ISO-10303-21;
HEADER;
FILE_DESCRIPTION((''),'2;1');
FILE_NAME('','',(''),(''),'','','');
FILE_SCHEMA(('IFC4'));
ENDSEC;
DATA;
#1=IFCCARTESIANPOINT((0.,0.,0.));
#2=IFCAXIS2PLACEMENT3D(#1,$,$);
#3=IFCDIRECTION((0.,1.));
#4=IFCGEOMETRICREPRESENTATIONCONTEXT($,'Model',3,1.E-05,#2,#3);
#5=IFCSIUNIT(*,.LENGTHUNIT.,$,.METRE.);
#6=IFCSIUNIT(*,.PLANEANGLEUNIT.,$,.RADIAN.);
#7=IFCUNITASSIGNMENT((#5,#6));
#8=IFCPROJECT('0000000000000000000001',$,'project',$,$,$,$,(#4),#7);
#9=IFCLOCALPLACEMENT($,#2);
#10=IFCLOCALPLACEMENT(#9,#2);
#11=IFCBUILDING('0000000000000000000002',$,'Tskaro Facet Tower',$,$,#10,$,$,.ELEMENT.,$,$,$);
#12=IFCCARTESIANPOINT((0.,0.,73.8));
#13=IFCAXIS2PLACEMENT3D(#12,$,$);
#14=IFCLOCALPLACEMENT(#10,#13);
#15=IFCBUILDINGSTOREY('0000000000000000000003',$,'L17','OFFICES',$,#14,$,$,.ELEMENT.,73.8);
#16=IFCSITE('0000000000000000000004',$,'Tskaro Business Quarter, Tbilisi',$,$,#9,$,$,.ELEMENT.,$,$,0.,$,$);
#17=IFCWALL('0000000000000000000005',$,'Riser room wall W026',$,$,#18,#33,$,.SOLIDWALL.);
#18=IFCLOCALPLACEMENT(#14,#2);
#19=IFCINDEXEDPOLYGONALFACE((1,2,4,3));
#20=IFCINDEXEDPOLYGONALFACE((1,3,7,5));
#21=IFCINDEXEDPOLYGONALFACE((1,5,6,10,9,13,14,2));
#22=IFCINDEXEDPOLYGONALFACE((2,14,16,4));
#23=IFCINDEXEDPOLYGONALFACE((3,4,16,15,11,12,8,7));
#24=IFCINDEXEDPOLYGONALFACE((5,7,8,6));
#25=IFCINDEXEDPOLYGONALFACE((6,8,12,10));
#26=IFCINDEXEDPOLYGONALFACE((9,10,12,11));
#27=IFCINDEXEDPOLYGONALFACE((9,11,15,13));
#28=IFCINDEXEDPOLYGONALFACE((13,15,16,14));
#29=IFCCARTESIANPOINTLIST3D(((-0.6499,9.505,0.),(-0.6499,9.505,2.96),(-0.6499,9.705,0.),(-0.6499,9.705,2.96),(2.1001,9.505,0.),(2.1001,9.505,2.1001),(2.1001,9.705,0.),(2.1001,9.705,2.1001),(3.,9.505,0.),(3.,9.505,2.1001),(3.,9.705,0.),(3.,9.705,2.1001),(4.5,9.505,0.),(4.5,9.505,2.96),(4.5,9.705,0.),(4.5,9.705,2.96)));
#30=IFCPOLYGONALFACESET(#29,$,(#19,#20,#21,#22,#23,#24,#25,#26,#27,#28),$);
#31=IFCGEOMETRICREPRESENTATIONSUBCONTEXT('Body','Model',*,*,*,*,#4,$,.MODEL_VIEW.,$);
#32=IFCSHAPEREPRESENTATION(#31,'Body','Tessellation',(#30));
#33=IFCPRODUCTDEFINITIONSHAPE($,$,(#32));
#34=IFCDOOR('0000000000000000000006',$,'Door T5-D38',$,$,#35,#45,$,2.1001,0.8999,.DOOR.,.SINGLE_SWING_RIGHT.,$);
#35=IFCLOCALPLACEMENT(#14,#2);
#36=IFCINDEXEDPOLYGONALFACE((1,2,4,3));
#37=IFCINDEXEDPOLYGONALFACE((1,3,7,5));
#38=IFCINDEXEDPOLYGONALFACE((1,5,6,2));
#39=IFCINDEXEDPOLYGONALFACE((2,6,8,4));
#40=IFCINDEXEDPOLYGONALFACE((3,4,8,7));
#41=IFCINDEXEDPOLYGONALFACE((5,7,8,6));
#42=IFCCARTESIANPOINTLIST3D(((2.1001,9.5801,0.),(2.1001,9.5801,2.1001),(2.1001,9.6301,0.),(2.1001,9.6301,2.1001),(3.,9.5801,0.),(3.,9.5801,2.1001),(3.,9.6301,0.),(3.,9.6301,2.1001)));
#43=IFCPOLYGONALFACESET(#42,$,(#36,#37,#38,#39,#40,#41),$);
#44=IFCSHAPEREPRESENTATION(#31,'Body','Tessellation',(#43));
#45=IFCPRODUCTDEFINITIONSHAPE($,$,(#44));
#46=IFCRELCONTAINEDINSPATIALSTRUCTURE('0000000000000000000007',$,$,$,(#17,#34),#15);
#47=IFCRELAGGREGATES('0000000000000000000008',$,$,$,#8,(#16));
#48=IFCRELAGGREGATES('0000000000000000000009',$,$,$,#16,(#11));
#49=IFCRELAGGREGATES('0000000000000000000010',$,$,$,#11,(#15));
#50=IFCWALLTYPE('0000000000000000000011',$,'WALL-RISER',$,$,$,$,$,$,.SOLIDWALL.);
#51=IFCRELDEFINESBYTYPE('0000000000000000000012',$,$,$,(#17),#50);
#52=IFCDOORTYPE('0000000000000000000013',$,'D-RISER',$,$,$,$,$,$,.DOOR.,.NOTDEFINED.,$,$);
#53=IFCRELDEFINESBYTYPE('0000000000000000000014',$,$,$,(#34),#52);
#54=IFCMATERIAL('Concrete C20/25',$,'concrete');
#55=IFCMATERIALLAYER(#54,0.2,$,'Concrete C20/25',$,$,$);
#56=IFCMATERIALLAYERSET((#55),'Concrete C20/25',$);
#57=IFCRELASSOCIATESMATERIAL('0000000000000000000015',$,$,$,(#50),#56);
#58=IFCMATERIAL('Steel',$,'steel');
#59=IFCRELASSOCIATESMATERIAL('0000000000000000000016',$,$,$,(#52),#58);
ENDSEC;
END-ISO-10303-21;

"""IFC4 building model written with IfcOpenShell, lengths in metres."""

from ifc_helpers import new_model, si_unit, direction, frame, frame_2d, origin, place, context, subcontext, project, spatial, rectangle, extrude, material, layer, layer_set, type_object, element, fill, save


model = new_model("IFC4")

# Units and contexts
model_context = context("Model", 3, precision=1e-05, world=origin(), true_north=direction((0.0, 1.0)))
body_context = subcontext(model_context, "Body", "Model", "MODEL_VIEW")
ifc_project = project(units=[si_unit("LENGTHUNIT", "METRE"), si_unit("PLANEANGLEUNIT", "RADIAN")], contexts=[model_context])

# Site, building, storey
site_placement = place(None, origin())
site = spatial("IfcSite", under=ifc_project, at=site_placement, Name="Tskaro Business Quarter, Tbilisi", CompositionType="ELEMENT", RefElevation=0.0)
building_placement = place(site_placement, origin())
building = spatial("IfcBuilding", under=site, at=building_placement, Name="Tskaro Facet Tower", CompositionType="ELEMENT")
storey_placement = place(building_placement, frame((0.0, 0.0, 73.8)))
storey = spatial("IfcBuildingStorey", under=building, at=storey_placement, Name="L17", Description="OFFICES", CompositionType="ELEMENT", Elevation=73.8)

# Wall, opening, door
ifc_material_1 = material(Name="Concrete C20/25", Category="concrete")
ifc_layer_1 = layer(ifc_material_1, 0.2, Name="Concrete C20/25")
ifc_layer_set_1 = layer_set([ifc_layer_1], Name="Concrete C20/25")
wall_type_1 = type_object("IfcWallType", Name="WALL-RISER", PredefinedType="SOLIDWALL", material=ifc_layer_set_1)
wall_1_placement = place(storey_placement, frame((4.5, 9.605, 0.0), z_axis=(0.0, 0.0, 1.0), x_axis=(-1.0, 0.0, 0.0)))
wall_1 = element("IfcWall", 1, at=wall_1_placement, inside=storey, type_object=wall_type_1, Name="Riser room wall W026", PredefinedType="SOLIDWALL", context=body_context, shape_type="SweptSolid", body=[
    extrude(rectangle(XDim=5.1499, YDim=0.2, at=frame_2d((2.575, 0.0))), origin(), (0.0, 0.0, 1.0), 2.96),
])
opening_1_placement = place(wall_1_placement, frame((1.5, 0.0, 0.0)))
opening_1 = element("IfcOpeningElement", 2, at=opening_1_placement, cuts=wall_1, PredefinedType="OPENING", context=body_context, shape_type="SweptSolid", body=[
    extrude(rectangle(XDim=0.8999, YDim=2.1001, at=frame_2d((0.45, 1.05))), frame((0.0, 0.1099, 0.0), z_axis=(0.0, -1.0, 0.0), x_axis=(1.0, 0.0, 0.0)), (0.0, 0.0, 1.0), 0.22),
])
ifc_material_2 = material(Name="Steel", Category="steel")
door_type_1 = type_object("IfcDoorType", Name="D-RISER", OperationType="NOTDEFINED", PredefinedType="DOOR", material=ifc_material_2)
door_1_placement = place(opening_1_placement, origin())
door_1 = element("IfcDoor", 3, at=door_1_placement, inside=storey, type_object=door_type_1, Name="Door T5-D38", OperationType="SINGLE_SWING_RIGHT", OverallHeight=2.1001, OverallWidth=0.8999, PredefinedType="DOOR", context=body_context, shape_type="SweptSolid", body=[
    extrude(rectangle(XDim=0.8999, YDim=2.1001, at=frame_2d((0.45, 1.05))), frame((0.0, 0.0249, 0.0), z_axis=(0.0, -1.0, 0.0), x_axis=(1.0, 0.0, 0.0)), (0.0, 0.0, 1.0), 0.05),
])
fill(opening_1, door_1)

save(model, "model.ifc")
